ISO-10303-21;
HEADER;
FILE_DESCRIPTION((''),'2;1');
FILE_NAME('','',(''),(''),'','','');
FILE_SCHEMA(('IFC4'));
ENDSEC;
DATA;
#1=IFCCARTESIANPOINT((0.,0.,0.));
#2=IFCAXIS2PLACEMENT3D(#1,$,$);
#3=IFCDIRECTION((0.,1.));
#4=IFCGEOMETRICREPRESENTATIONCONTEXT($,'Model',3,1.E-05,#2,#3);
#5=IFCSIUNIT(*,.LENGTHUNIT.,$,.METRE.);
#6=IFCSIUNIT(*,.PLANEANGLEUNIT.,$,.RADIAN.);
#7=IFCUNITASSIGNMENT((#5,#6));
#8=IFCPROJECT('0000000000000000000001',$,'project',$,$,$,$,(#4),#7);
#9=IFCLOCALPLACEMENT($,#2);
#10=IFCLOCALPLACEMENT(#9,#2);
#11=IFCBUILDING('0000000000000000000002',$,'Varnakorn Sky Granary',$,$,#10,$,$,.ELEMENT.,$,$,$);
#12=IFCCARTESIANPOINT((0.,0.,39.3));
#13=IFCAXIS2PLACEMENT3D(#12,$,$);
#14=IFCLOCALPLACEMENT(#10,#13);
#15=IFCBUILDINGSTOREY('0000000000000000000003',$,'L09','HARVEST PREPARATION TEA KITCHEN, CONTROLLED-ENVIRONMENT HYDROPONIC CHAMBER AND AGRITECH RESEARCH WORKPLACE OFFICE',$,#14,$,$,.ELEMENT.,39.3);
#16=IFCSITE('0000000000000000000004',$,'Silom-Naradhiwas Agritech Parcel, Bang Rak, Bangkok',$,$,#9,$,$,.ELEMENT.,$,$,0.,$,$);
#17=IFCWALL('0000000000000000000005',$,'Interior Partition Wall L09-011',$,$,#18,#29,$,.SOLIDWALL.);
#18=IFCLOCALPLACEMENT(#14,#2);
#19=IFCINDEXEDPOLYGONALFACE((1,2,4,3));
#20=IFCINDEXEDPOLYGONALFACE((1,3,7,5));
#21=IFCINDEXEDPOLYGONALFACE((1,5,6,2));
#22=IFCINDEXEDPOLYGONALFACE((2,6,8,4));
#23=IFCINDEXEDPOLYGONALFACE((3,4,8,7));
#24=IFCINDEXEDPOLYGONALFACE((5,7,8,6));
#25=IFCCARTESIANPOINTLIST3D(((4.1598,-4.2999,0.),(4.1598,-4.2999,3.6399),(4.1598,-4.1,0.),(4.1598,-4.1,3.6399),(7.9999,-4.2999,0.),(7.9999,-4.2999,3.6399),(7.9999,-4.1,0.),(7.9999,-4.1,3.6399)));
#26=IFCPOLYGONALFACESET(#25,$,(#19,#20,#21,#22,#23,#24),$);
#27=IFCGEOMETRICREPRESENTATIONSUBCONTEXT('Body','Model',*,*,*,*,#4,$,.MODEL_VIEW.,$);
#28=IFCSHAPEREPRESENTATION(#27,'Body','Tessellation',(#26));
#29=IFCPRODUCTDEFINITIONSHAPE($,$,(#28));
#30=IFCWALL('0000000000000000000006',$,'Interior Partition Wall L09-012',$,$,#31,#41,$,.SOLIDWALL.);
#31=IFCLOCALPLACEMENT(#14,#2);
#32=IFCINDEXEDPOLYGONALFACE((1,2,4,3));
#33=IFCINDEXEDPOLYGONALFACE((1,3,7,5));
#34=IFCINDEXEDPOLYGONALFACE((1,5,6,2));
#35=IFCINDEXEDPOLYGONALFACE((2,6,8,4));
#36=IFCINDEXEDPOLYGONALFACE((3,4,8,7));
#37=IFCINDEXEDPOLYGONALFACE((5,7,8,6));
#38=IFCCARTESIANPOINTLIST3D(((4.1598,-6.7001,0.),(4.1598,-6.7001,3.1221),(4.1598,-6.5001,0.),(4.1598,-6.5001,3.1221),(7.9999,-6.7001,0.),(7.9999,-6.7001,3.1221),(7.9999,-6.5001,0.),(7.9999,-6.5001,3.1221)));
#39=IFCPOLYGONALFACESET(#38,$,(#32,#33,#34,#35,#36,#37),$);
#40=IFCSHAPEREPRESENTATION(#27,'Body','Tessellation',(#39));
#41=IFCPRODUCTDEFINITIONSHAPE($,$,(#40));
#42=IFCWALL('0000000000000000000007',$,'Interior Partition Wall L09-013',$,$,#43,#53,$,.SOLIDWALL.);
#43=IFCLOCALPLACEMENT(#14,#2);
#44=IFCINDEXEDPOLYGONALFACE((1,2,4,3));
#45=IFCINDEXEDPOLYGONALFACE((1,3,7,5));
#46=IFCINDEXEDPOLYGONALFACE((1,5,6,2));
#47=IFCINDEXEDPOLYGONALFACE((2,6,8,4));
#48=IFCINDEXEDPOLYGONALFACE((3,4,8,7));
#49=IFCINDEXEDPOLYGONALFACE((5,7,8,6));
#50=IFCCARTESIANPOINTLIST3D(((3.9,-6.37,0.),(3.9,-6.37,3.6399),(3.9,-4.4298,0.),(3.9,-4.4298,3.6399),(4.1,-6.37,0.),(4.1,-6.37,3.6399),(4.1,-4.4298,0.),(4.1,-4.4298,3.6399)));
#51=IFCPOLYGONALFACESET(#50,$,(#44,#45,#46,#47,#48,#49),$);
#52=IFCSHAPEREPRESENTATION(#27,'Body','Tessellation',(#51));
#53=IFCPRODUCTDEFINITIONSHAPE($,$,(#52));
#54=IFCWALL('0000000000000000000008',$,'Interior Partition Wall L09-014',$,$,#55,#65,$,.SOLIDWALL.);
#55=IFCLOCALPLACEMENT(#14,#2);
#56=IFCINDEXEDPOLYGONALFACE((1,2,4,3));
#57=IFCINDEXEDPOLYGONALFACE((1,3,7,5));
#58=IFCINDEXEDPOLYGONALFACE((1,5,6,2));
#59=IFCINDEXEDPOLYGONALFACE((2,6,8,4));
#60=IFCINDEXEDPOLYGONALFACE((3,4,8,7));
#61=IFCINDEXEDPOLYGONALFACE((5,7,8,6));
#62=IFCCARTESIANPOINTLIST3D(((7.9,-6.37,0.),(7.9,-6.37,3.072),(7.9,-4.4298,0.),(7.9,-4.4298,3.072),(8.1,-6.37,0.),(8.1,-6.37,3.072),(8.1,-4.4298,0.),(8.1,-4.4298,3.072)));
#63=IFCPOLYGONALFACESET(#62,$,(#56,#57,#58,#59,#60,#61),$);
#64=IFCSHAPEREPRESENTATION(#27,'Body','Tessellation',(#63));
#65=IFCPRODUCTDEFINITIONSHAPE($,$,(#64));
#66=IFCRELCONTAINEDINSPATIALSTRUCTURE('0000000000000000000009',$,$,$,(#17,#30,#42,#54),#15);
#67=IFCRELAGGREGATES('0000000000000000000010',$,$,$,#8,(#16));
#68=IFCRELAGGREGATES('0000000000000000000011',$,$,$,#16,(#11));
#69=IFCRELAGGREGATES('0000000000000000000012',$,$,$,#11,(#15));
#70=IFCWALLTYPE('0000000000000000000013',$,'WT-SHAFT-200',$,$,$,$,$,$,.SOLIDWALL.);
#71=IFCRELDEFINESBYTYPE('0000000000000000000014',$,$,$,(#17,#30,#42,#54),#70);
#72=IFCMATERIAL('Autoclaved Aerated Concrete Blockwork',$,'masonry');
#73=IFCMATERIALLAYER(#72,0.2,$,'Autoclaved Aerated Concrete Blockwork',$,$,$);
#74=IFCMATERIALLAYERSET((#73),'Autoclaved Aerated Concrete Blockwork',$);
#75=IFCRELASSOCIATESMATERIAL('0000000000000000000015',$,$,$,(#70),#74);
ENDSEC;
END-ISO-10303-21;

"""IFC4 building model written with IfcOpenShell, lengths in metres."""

from ifc_helpers import new_model, si_unit, direction, frame, frame_2d, origin, place, context, subcontext, project, spatial, rectangle, extrude, material, layer, layer_set, type_object, element, save


model = new_model("IFC4")

# Units and contexts
model_context = context("Model", 3, precision=1e-05, world=origin(), true_north=direction((0.0, 1.0)))
body_context = subcontext(model_context, "Body", "Model", "MODEL_VIEW")
ifc_project = project(units=[si_unit("LENGTHUNIT", "METRE"), si_unit("PLANEANGLEUNIT", "RADIAN")], contexts=[model_context])

# Site, building, storey
site_placement = place(None, origin())
site = spatial("IfcSite", under=ifc_project, at=site_placement, Name="Silom-Naradhiwas Agritech Parcel, Bang Rak, Bangkok", CompositionType="ELEMENT", RefElevation=0.0)
building_placement = place(site_placement, origin())
building = spatial("IfcBuilding", under=site, at=building_placement, Name="Varnakorn Sky Granary", CompositionType="ELEMENT")
storey_placement = place(building_placement, frame((0.0, 0.0, 39.3)))
storey = spatial("IfcBuildingStorey", under=building, at=storey_placement, Name="L09", Description="HARVEST PREPARATION TEA KITCHEN, CONTROLLED-ENVIRONMENT HYDROPONIC CHAMBER AND AGRITECH RESEARCH WORKPLACE OFFICE", CompositionType="ELEMENT", Elevation=39.3)

# Shared definitions
ifc_material_1 = material(Name="Autoclaved Aerated Concrete Blockwork", Category="masonry")

# Walls
ifc_layer_1 = layer(ifc_material_1, 0.2, Name="Autoclaved Aerated Concrete Blockwork")
ifc_layer_set_1 = layer_set([ifc_layer_1], Name="Autoclaved Aerated Concrete Blockwork")
wall_type_1 = type_object("IfcWallType", Name="WT-SHAFT-200", PredefinedType="SOLIDWALL", material=ifc_layer_set_1)
wall_1_placement = place(storey_placement, frame((4.1599, -4.2, 0.0), z_axis=(0.0, 0.0, 1.0), x_axis=(1.0, 0.0, 0.0)))
element("IfcWall", 1, at=wall_1_placement, inside=storey, type_object=wall_type_1, Name="Interior Partition Wall L09-011", PredefinedType="SOLIDWALL", context=body_context, shape_type="SweptSolid", body=[
    extrude(rectangle(XDim=3.8401, YDim=0.2, at=frame_2d((1.9199, 0.0))), origin(), (0.0, 0.0, 1.0), 3.6399),
])
wall_2_placement = place(storey_placement, frame((4.1599, -6.6001, 0.0), z_axis=(0.0, 0.0, 1.0), x_axis=(1.0, 0.0, 0.0)))
element("IfcWall", 2, at=wall_2_placement, inside=storey, type_object=wall_type_1, Name="Interior Partition Wall L09-012", PredefinedType="SOLIDWALL", context=body_context, shape_type="SweptSolid", body=[
    extrude(rectangle(XDim=3.8401, YDim=0.2, at=frame_2d((1.9199, 0.0))), origin(), (0.0, 0.0, 1.0), 3.1221),
])
wall_3_placement = place(storey_placement, frame((4.0, -6.3701, 0.0), z_axis=(0.0, 0.0, 1.0), x_axis=(0.0, 1.0, 0.0)))
element("IfcWall", 3, at=wall_3_placement, inside=storey, type_object=wall_type_1, Name="Interior Partition Wall L09-013", PredefinedType="SOLIDWALL", context=body_context, shape_type="SweptSolid", body=[
    extrude(rectangle(XDim=1.9402, YDim=0.2, at=frame_2d((0.9702, 0.0))), origin(), (0.0, 0.0, 1.0), 3.6399),
])
wall_4_placement = place(storey_placement, frame((8.0, -6.3701, 0.0), z_axis=(0.0, 0.0, 1.0), x_axis=(0.0, 1.0, 0.0)))
element("IfcWall", 4, at=wall_4_placement, inside=storey, type_object=wall_type_1, Name="Interior Partition Wall L09-014", PredefinedType="SOLIDWALL", context=body_context, shape_type="SweptSolid", body=[
    extrude(rectangle(XDim=1.9402, YDim=0.2, at=frame_2d((0.9702, 0.0))), origin(), (0.0, 0.0, 1.0), 3.072),
])

save(model, "model.ifc")
